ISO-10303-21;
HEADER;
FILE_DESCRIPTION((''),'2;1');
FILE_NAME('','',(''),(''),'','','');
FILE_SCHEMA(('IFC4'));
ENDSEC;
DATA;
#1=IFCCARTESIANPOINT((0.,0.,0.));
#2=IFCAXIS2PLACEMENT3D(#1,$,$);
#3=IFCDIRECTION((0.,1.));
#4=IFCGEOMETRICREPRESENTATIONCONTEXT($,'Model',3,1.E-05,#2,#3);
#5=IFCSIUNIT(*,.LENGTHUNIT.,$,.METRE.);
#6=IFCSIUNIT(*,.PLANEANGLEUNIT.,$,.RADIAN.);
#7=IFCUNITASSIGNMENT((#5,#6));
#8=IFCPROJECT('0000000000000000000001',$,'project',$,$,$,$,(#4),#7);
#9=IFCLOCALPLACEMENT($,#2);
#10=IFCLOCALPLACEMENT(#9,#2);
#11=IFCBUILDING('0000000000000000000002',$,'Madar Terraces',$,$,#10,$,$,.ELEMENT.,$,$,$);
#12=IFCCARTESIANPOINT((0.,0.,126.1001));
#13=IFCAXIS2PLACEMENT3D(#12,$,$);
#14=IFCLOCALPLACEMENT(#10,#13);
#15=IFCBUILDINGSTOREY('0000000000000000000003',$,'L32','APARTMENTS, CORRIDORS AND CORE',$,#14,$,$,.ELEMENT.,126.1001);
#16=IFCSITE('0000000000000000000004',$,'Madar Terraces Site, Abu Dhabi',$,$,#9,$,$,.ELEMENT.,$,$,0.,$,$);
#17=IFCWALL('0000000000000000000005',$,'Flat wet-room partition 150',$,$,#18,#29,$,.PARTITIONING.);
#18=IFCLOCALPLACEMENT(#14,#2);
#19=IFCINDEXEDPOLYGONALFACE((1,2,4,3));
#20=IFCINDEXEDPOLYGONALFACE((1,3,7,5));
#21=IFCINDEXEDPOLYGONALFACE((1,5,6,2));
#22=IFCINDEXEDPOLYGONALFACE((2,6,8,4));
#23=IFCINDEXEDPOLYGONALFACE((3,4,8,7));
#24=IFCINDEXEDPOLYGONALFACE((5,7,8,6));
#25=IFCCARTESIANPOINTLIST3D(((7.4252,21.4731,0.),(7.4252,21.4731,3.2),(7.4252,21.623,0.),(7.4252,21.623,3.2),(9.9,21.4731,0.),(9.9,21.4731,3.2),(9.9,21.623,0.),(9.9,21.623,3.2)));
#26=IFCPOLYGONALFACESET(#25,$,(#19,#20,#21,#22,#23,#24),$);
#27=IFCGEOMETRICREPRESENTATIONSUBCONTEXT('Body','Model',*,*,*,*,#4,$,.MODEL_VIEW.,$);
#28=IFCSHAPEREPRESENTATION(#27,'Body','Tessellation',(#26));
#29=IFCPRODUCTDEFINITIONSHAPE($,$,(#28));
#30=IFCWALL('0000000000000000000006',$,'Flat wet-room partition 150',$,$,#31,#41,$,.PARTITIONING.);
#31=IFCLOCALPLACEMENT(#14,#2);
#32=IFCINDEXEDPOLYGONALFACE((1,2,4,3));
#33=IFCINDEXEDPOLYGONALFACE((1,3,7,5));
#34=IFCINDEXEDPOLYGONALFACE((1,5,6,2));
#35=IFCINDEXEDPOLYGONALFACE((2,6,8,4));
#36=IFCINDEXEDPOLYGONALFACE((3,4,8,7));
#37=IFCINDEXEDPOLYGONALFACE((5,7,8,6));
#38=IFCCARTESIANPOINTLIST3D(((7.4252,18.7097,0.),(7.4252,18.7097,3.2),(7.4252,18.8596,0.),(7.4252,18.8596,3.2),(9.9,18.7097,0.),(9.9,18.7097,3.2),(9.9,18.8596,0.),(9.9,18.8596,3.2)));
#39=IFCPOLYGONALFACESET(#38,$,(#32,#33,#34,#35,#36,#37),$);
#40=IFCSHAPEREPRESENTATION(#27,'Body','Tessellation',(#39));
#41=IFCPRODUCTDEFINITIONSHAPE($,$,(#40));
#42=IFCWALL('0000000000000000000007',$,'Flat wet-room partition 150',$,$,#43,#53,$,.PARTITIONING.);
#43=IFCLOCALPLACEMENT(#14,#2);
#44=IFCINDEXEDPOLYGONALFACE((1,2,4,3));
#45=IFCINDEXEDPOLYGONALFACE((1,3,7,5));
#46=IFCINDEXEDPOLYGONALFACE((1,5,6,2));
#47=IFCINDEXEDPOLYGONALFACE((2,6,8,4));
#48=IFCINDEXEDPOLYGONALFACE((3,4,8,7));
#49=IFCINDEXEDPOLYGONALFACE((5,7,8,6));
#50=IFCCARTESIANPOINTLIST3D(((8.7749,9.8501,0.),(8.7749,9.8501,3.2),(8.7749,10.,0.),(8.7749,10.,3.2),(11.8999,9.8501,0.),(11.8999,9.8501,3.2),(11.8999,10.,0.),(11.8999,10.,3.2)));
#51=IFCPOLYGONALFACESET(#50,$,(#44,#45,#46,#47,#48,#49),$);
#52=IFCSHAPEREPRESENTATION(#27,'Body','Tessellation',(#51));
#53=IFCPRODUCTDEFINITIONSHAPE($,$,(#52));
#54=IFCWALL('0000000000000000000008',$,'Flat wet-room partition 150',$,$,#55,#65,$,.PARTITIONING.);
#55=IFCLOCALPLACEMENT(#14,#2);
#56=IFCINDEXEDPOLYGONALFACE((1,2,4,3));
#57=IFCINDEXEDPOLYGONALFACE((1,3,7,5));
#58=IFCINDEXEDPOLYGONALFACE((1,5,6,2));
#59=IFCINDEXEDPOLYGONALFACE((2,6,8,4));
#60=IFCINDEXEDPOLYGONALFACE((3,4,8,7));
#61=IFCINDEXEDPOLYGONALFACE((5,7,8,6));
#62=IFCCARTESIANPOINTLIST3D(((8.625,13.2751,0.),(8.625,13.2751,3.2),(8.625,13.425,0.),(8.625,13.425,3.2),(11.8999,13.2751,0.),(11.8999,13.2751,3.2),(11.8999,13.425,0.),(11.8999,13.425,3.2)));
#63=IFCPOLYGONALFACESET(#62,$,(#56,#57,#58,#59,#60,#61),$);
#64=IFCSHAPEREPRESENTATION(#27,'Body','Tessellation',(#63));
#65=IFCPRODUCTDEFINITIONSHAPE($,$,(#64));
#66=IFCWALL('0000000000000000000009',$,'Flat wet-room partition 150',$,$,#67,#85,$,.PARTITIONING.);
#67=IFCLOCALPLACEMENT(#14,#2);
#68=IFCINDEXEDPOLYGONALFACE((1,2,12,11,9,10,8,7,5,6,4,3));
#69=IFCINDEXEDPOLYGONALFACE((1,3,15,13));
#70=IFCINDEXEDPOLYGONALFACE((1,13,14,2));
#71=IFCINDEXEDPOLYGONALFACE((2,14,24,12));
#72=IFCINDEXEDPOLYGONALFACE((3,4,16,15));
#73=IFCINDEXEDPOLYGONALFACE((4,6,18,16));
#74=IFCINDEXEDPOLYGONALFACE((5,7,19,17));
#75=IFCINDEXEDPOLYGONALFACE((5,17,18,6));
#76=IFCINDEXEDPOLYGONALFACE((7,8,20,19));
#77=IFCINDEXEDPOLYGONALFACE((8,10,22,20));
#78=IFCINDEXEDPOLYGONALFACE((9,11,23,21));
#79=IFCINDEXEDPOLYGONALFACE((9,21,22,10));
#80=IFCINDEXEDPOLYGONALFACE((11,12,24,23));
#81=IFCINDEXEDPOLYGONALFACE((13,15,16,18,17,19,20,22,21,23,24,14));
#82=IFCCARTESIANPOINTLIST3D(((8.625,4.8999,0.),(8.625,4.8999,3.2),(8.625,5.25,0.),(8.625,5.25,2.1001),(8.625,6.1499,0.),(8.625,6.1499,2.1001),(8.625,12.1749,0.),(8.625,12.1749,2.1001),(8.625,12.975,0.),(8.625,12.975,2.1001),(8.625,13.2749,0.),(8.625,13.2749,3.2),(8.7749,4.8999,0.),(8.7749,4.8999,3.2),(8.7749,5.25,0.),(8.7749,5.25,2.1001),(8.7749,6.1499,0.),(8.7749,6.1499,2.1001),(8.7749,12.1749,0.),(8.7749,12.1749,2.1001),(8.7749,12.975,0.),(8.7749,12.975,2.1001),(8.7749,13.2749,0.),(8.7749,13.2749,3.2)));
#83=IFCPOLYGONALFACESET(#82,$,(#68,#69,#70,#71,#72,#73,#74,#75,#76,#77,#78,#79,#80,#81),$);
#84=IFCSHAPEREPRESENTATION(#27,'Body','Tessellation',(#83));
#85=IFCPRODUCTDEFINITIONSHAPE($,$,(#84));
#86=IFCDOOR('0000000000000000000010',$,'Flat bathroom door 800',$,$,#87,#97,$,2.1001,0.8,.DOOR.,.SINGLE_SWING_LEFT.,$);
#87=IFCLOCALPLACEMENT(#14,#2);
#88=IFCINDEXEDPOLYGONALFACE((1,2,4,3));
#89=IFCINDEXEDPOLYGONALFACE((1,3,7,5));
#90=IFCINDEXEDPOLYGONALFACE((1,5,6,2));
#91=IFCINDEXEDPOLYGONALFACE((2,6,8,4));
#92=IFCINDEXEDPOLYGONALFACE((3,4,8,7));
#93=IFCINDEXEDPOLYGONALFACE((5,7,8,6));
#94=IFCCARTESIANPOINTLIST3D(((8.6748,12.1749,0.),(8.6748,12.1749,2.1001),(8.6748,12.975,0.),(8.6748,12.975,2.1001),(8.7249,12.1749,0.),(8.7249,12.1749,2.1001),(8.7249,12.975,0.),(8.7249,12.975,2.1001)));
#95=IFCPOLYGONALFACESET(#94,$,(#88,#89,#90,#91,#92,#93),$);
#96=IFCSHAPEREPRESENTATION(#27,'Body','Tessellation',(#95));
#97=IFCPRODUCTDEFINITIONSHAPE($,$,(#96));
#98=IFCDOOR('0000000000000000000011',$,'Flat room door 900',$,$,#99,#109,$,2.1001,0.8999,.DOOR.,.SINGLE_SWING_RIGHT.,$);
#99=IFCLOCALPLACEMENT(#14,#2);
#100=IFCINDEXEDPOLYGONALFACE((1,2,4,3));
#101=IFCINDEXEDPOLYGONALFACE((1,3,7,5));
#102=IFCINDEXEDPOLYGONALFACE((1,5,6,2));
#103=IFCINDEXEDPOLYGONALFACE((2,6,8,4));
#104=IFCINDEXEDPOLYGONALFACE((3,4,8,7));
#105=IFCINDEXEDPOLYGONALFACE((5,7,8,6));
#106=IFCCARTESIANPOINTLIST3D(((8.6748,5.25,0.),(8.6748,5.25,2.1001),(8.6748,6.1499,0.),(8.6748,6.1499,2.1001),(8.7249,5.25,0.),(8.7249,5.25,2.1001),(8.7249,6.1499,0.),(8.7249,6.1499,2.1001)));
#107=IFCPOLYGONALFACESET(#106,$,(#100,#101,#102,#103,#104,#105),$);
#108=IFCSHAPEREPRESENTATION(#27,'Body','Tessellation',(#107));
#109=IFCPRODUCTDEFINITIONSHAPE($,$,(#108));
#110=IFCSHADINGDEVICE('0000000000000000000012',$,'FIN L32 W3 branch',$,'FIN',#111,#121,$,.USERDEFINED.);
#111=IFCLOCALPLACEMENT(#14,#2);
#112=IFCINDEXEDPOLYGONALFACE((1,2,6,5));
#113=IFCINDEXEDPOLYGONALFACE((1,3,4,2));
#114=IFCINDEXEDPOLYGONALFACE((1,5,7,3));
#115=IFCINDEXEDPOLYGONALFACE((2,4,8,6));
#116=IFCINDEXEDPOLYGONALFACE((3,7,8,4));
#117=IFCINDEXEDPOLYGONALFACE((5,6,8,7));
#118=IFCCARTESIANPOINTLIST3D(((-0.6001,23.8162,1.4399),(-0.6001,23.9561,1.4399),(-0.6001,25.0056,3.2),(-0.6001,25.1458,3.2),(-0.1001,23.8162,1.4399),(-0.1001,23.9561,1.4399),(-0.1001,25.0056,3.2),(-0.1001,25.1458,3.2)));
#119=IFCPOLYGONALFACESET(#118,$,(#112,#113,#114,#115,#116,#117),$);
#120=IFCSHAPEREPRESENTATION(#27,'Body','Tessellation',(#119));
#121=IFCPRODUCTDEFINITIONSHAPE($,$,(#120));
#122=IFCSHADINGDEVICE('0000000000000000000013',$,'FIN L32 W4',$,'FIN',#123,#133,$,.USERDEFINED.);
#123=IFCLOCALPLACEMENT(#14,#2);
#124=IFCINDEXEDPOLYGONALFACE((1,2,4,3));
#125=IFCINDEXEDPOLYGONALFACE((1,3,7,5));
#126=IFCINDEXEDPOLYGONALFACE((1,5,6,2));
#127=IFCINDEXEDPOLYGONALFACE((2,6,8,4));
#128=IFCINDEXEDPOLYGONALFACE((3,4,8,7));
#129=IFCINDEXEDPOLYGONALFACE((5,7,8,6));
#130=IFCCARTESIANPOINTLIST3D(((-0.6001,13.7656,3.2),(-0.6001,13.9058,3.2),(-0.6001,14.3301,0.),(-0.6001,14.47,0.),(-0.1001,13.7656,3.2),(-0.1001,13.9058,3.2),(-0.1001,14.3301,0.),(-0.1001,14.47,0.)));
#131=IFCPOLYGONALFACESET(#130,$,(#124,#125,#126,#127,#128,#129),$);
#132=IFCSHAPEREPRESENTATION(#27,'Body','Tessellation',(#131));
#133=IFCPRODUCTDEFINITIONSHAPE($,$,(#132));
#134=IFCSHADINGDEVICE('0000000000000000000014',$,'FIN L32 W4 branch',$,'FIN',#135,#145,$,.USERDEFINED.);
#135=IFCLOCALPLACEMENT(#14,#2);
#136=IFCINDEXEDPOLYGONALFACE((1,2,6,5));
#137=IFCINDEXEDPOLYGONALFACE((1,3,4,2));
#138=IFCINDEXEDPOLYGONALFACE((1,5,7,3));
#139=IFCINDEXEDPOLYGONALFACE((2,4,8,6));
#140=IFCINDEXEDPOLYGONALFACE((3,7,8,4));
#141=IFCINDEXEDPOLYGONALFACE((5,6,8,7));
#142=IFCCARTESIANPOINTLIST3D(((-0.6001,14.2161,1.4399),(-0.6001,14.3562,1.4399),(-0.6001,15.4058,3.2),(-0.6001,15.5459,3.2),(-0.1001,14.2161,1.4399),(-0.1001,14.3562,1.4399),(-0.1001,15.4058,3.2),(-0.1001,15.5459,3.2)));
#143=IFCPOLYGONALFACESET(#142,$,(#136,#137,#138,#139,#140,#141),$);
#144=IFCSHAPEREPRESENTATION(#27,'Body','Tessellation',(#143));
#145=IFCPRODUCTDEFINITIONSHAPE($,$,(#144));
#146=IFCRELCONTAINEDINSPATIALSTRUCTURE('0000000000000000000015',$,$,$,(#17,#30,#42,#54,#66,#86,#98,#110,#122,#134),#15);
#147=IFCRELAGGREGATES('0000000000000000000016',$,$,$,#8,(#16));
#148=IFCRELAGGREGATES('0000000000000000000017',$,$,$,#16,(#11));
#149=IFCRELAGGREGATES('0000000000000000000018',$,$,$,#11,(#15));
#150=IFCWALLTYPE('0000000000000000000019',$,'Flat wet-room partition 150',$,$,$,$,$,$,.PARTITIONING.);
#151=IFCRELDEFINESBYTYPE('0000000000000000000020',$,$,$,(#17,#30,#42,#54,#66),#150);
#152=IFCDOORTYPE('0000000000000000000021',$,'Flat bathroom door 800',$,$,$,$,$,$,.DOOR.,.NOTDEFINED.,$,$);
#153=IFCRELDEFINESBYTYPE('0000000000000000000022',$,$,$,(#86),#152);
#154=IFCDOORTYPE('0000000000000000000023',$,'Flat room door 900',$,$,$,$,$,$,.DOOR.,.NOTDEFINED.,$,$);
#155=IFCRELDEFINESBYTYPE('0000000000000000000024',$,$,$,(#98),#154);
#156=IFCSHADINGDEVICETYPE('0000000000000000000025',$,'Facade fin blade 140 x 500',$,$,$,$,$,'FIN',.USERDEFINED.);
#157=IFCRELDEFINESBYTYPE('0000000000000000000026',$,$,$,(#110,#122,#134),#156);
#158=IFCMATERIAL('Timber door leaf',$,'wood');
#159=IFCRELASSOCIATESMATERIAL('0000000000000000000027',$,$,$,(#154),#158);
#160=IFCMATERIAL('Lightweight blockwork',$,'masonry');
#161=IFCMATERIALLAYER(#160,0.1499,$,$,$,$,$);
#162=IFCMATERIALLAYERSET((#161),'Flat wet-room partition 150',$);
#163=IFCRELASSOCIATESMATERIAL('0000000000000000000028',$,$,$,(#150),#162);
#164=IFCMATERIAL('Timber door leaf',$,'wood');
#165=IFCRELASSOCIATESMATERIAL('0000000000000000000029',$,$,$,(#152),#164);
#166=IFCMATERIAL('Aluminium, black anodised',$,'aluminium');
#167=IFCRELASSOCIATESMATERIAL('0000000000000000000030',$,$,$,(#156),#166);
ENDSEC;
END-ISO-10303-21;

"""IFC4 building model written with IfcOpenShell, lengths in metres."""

from ifc_helpers import new_model, si_unit, direction, frame, frame_2d, origin, place, context, subcontext, project, spatial, polyline, rectangle, outline, extrude, material, layer, layer_set, type_object, element, fill, save


model = new_model("IFC4")

# Units and contexts
model_context = context("Model", 3, precision=1e-05, world=origin(), true_north=direction((0.0, 1.0)))
body_context = subcontext(model_context, "Body", "Model", "MODEL_VIEW")
ifc_project = project(units=[si_unit("LENGTHUNIT", "METRE"), si_unit("PLANEANGLEUNIT", "RADIAN")], contexts=[model_context])

# Site, building, storey
site_placement = place(None, origin())
site = spatial("IfcSite", under=ifc_project, at=site_placement, Name="Madar Terraces Site, Abu Dhabi", CompositionType="ELEMENT", RefElevation=0.0)
building_placement = place(site_placement, origin())
building = spatial("IfcBuilding", under=site, at=building_placement, Name="Madar Terraces", CompositionType="ELEMENT")
storey_placement = place(building_placement, frame((0.0, 0.0, 126.1001)))
storey = spatial("IfcBuildingStorey", under=building, at=storey_placement, Name="L32", Description="APARTMENTS, CORRIDORS AND CORE", CompositionType="ELEMENT", Elevation=126.1001)

# Shared definitions
ifc_material_1 = material(Name="Timber door leaf", Category="wood")
door_type_1 = type_object("IfcDoorType", Name="Flat room door 900", OperationType="NOTDEFINED", PredefinedType="DOOR", material=ifc_material_1)

# Walls
ifc_material_2 = material(Name="Lightweight blockwork", Category="masonry")
ifc_layer_1 = layer(ifc_material_2, 0.1499)
ifc_layer_set_1 = layer_set([ifc_layer_1], Name="Flat wet-room partition 150")
wall_type_1 = type_object("IfcWallType", Name="Flat wet-room partition 150", PredefinedType="PARTITIONING", material=ifc_layer_set_1)
for number, where, z_axis, x_axis, name in (
    (1, (9.8999, 21.5481, 0.0), (0.0, 0.0, 1.0), (-1.0, 0.0, 0.0), "Flat wet-room partition 150"),
    (2, (9.8999, 18.7847, 0.0), (0.0, 0.0, 1.0), (-1.0, 0.0, 0.0), "Flat wet-room partition 150"),
):
    element("IfcWall", number, at=place(storey_placement, frame(where, z_axis=z_axis, x_axis=x_axis)), inside=storey, type_object=wall_type_1, Name=name, PredefinedType="PARTITIONING", context=body_context, shape_type="SweptSolid", body=[
        extrude(rectangle(XDim=2.4749, YDim=0.1499, at=frame_2d((1.2373, 0.0))), origin(), (0.0, 0.0, 1.0), 3.2),
    ])
wall_1_placement = place(storey_placement, frame((11.8999, 9.925, 0.0), z_axis=(0.0, 0.0, 1.0), x_axis=(-1.0, 0.0, 0.0)))
element("IfcWall", 3, at=wall_1_placement, inside=storey, type_object=wall_type_1, Name="Flat wet-room partition 150", PredefinedType="PARTITIONING", context=body_context, shape_type="SweptSolid", body=[
    extrude(rectangle(XDim=3.125, YDim=0.1499, at=frame_2d((1.5625, 0.0))), origin(), (0.0, 0.0, 1.0), 3.2),
])
wall_2_placement = place(storey_placement, frame((11.8999, 13.3501, 0.0), z_axis=(0.0, 0.0, 1.0), x_axis=(-1.0, 0.0, 0.0)))
element("IfcWall", 4, at=wall_2_placement, inside=storey, type_object=wall_type_1, Name="Flat wet-room partition 150", PredefinedType="PARTITIONING", context=body_context, shape_type="SweptSolid", body=[
    extrude(rectangle(XDim=3.2749, YDim=0.1499, at=frame_2d((1.6375, 0.0))), origin(), (0.0, 0.0, 1.0), 3.2),
])

# Wall, openings, doors
wall_3_placement = place(storey_placement, frame((8.7, 13.2749, 0.0), z_axis=(0.0, 0.0, 1.0), x_axis=(0.0, -1.0, 0.0)))
wall_3 = element("IfcWall", 5, at=wall_3_placement, inside=storey, type_object=wall_type_1, Name="Flat wet-room partition 150", PredefinedType="PARTITIONING", context=body_context, shape_type="SweptSolid", body=[
    extrude(rectangle(XDim=8.375, YDim=0.1499, at=frame_2d((4.1875, 0.0))), origin(), (0.0, 0.0, 1.0), 3.2),
])
opening_1_placement = place(wall_3_placement, frame((0.3, 0.0, 0.0)))
opening_1 = element("IfcOpeningElement", 6, at=opening_1_placement, cuts=wall_3, PredefinedType="OPENING", context=body_context, shape_type="SweptSolid", body=[
    extrude(rectangle(XDim=0.8, YDim=2.1001, at=frame_2d((0.3999, 1.05))), frame((0.0, 0.085, 0.0), z_axis=(0.0, -1.0, 0.0), x_axis=(1.0, 0.0, 0.0)), (0.0, 0.0, 1.0), 0.1699),
])
opening_2_placement = place(wall_3_placement, frame((7.125, 0.0, 0.0)))
opening_2 = element("IfcOpeningElement", 7, at=opening_2_placement, cuts=wall_3, PredefinedType="OPENING", context=body_context, shape_type="SweptSolid", body=[
    extrude(rectangle(XDim=0.8999, YDim=2.1001, at=frame_2d((0.45, 1.05))), frame((0.0, 0.085, 0.0), z_axis=(0.0, -1.0, 0.0), x_axis=(1.0, 0.0, 0.0)), (0.0, 0.0, 1.0), 0.1699),
])
ifc_material_3 = material(Name="Timber door leaf", Category="wood")
door_type_2 = type_object("IfcDoorType", Name="Flat bathroom door 800", OperationType="NOTDEFINED", PredefinedType="DOOR", material=ifc_material_3)
door_1_placement = place(opening_1_placement, origin())
door_1 = element("IfcDoor", 8, at=door_1_placement, inside=storey, type_object=door_type_2, Name="Flat bathroom door 800", OperationType="SINGLE_SWING_LEFT", OverallHeight=2.1001, OverallWidth=0.8, PredefinedType="DOOR", context=body_context, shape_type="SweptSolid", body=[
    extrude(rectangle(XDim=0.8, YDim=2.1001, at=frame_2d((0.3999, 1.05))), frame((0.0, 0.0249, 0.0), z_axis=(0.0, -1.0, 0.0), x_axis=(1.0, 0.0, 0.0)), (0.0, 0.0, 1.0), 0.05),
])
fill(opening_1, door_1)
door_2_placement = place(opening_2_placement, origin())
door_2 = element("IfcDoor", 9, at=door_2_placement, inside=storey, type_object=door_type_1, Name="Flat room door 900", OperationType="SINGLE_SWING_RIGHT", OverallHeight=2.1001, OverallWidth=0.8999, PredefinedType="DOOR", context=body_context, shape_type="SweptSolid", body=[
    extrude(rectangle(XDim=0.8999, YDim=2.1001, at=frame_2d((0.45, 1.05))), frame((0.0, 0.0249, 0.0), z_axis=(0.0, -1.0, 0.0), x_axis=(1.0, 0.0, 0.0)), (0.0, 0.0, 1.0), 0.05),
])
fill(opening_2, door_2)

# Shading devices
ifc_material_4 = material(Name="Aluminium, black anodised", Category="aluminium")
shading_device_type = type_object("IfcShadingDeviceType", Name="Facade fin blade 140 x 500", ElementType="FIN", PredefinedType="USERDEFINED", material=ifc_material_4)
shading_device_1_placement = place(storey_placement, frame((-0.3501, 23.9561, 1.4399), z_axis=(0.0, 0.0, 1.0), x_axis=(0.0, -1.0, 0.0)))
element("IfcShadingDevice", 10, at=shading_device_1_placement, inside=storey, type_object=shading_device_type, Name="FIN L32 W3 branch", ObjectType="FIN", PredefinedType="USERDEFINED", context=body_context, shape_type="SweptSolid", body=[
    extrude(outline(polyline([(0.0, 0.0), (0.1399, 0.0), (-1.0496, 1.76), (-1.1897, 1.76), (0.0, 0.0)])), frame((0.0, 0.25, 0.0), z_axis=(0.0, -1.0, 0.0), x_axis=(1.0, 0.0, 0.0)), (0.0, 0.0, 1.0), 0.5),
])
shading_device_2_placement = place(storey_placement, frame((-0.3501, 14.47, 0.0), z_axis=(0.0, 0.0, 1.0), x_axis=(0.0, -1.0, 0.0)))
element("IfcShadingDevice", 11, at=shading_device_2_placement, inside=storey, type_object=shading_device_type, Name="FIN L32 W4", ObjectType="FIN", PredefinedType="USERDEFINED", context=body_context, shape_type="SweptSolid", body=[
    extrude(outline(polyline([(0.0, 0.0), (0.1399, 0.0), (0.7043, 3.2), (0.5642, 3.2), (0.0, 0.0)])), frame((0.0, 0.25, 0.0), z_axis=(0.0, -1.0, 0.0), x_axis=(1.0, 0.0, 0.0)), (0.0, 0.0, 1.0), 0.5),
])
shading_device_3_placement = place(storey_placement, frame((-0.3501, 14.3562, 1.4399), z_axis=(0.0, 0.0, 1.0), x_axis=(0.0, -1.0, 0.0)))
element("IfcShadingDevice", 12, at=shading_device_3_placement, inside=storey, type_object=shading_device_type, Name="FIN L32 W4 branch", ObjectType="FIN", PredefinedType="USERDEFINED", context=body_context, shape_type="SweptSolid", body=[
    extrude(outline(polyline([(0.0, 0.0), (0.1401, 0.0), (-1.0496, 1.76), (-1.1897, 1.76), (0.0, 0.0)])), frame((0.0, 0.25, 0.0), z_axis=(0.0, -1.0, 0.0), x_axis=(1.0, 0.0, 0.0)), (0.0, 0.0, 1.0), 0.5),
])

save(model, "model.ifc")
